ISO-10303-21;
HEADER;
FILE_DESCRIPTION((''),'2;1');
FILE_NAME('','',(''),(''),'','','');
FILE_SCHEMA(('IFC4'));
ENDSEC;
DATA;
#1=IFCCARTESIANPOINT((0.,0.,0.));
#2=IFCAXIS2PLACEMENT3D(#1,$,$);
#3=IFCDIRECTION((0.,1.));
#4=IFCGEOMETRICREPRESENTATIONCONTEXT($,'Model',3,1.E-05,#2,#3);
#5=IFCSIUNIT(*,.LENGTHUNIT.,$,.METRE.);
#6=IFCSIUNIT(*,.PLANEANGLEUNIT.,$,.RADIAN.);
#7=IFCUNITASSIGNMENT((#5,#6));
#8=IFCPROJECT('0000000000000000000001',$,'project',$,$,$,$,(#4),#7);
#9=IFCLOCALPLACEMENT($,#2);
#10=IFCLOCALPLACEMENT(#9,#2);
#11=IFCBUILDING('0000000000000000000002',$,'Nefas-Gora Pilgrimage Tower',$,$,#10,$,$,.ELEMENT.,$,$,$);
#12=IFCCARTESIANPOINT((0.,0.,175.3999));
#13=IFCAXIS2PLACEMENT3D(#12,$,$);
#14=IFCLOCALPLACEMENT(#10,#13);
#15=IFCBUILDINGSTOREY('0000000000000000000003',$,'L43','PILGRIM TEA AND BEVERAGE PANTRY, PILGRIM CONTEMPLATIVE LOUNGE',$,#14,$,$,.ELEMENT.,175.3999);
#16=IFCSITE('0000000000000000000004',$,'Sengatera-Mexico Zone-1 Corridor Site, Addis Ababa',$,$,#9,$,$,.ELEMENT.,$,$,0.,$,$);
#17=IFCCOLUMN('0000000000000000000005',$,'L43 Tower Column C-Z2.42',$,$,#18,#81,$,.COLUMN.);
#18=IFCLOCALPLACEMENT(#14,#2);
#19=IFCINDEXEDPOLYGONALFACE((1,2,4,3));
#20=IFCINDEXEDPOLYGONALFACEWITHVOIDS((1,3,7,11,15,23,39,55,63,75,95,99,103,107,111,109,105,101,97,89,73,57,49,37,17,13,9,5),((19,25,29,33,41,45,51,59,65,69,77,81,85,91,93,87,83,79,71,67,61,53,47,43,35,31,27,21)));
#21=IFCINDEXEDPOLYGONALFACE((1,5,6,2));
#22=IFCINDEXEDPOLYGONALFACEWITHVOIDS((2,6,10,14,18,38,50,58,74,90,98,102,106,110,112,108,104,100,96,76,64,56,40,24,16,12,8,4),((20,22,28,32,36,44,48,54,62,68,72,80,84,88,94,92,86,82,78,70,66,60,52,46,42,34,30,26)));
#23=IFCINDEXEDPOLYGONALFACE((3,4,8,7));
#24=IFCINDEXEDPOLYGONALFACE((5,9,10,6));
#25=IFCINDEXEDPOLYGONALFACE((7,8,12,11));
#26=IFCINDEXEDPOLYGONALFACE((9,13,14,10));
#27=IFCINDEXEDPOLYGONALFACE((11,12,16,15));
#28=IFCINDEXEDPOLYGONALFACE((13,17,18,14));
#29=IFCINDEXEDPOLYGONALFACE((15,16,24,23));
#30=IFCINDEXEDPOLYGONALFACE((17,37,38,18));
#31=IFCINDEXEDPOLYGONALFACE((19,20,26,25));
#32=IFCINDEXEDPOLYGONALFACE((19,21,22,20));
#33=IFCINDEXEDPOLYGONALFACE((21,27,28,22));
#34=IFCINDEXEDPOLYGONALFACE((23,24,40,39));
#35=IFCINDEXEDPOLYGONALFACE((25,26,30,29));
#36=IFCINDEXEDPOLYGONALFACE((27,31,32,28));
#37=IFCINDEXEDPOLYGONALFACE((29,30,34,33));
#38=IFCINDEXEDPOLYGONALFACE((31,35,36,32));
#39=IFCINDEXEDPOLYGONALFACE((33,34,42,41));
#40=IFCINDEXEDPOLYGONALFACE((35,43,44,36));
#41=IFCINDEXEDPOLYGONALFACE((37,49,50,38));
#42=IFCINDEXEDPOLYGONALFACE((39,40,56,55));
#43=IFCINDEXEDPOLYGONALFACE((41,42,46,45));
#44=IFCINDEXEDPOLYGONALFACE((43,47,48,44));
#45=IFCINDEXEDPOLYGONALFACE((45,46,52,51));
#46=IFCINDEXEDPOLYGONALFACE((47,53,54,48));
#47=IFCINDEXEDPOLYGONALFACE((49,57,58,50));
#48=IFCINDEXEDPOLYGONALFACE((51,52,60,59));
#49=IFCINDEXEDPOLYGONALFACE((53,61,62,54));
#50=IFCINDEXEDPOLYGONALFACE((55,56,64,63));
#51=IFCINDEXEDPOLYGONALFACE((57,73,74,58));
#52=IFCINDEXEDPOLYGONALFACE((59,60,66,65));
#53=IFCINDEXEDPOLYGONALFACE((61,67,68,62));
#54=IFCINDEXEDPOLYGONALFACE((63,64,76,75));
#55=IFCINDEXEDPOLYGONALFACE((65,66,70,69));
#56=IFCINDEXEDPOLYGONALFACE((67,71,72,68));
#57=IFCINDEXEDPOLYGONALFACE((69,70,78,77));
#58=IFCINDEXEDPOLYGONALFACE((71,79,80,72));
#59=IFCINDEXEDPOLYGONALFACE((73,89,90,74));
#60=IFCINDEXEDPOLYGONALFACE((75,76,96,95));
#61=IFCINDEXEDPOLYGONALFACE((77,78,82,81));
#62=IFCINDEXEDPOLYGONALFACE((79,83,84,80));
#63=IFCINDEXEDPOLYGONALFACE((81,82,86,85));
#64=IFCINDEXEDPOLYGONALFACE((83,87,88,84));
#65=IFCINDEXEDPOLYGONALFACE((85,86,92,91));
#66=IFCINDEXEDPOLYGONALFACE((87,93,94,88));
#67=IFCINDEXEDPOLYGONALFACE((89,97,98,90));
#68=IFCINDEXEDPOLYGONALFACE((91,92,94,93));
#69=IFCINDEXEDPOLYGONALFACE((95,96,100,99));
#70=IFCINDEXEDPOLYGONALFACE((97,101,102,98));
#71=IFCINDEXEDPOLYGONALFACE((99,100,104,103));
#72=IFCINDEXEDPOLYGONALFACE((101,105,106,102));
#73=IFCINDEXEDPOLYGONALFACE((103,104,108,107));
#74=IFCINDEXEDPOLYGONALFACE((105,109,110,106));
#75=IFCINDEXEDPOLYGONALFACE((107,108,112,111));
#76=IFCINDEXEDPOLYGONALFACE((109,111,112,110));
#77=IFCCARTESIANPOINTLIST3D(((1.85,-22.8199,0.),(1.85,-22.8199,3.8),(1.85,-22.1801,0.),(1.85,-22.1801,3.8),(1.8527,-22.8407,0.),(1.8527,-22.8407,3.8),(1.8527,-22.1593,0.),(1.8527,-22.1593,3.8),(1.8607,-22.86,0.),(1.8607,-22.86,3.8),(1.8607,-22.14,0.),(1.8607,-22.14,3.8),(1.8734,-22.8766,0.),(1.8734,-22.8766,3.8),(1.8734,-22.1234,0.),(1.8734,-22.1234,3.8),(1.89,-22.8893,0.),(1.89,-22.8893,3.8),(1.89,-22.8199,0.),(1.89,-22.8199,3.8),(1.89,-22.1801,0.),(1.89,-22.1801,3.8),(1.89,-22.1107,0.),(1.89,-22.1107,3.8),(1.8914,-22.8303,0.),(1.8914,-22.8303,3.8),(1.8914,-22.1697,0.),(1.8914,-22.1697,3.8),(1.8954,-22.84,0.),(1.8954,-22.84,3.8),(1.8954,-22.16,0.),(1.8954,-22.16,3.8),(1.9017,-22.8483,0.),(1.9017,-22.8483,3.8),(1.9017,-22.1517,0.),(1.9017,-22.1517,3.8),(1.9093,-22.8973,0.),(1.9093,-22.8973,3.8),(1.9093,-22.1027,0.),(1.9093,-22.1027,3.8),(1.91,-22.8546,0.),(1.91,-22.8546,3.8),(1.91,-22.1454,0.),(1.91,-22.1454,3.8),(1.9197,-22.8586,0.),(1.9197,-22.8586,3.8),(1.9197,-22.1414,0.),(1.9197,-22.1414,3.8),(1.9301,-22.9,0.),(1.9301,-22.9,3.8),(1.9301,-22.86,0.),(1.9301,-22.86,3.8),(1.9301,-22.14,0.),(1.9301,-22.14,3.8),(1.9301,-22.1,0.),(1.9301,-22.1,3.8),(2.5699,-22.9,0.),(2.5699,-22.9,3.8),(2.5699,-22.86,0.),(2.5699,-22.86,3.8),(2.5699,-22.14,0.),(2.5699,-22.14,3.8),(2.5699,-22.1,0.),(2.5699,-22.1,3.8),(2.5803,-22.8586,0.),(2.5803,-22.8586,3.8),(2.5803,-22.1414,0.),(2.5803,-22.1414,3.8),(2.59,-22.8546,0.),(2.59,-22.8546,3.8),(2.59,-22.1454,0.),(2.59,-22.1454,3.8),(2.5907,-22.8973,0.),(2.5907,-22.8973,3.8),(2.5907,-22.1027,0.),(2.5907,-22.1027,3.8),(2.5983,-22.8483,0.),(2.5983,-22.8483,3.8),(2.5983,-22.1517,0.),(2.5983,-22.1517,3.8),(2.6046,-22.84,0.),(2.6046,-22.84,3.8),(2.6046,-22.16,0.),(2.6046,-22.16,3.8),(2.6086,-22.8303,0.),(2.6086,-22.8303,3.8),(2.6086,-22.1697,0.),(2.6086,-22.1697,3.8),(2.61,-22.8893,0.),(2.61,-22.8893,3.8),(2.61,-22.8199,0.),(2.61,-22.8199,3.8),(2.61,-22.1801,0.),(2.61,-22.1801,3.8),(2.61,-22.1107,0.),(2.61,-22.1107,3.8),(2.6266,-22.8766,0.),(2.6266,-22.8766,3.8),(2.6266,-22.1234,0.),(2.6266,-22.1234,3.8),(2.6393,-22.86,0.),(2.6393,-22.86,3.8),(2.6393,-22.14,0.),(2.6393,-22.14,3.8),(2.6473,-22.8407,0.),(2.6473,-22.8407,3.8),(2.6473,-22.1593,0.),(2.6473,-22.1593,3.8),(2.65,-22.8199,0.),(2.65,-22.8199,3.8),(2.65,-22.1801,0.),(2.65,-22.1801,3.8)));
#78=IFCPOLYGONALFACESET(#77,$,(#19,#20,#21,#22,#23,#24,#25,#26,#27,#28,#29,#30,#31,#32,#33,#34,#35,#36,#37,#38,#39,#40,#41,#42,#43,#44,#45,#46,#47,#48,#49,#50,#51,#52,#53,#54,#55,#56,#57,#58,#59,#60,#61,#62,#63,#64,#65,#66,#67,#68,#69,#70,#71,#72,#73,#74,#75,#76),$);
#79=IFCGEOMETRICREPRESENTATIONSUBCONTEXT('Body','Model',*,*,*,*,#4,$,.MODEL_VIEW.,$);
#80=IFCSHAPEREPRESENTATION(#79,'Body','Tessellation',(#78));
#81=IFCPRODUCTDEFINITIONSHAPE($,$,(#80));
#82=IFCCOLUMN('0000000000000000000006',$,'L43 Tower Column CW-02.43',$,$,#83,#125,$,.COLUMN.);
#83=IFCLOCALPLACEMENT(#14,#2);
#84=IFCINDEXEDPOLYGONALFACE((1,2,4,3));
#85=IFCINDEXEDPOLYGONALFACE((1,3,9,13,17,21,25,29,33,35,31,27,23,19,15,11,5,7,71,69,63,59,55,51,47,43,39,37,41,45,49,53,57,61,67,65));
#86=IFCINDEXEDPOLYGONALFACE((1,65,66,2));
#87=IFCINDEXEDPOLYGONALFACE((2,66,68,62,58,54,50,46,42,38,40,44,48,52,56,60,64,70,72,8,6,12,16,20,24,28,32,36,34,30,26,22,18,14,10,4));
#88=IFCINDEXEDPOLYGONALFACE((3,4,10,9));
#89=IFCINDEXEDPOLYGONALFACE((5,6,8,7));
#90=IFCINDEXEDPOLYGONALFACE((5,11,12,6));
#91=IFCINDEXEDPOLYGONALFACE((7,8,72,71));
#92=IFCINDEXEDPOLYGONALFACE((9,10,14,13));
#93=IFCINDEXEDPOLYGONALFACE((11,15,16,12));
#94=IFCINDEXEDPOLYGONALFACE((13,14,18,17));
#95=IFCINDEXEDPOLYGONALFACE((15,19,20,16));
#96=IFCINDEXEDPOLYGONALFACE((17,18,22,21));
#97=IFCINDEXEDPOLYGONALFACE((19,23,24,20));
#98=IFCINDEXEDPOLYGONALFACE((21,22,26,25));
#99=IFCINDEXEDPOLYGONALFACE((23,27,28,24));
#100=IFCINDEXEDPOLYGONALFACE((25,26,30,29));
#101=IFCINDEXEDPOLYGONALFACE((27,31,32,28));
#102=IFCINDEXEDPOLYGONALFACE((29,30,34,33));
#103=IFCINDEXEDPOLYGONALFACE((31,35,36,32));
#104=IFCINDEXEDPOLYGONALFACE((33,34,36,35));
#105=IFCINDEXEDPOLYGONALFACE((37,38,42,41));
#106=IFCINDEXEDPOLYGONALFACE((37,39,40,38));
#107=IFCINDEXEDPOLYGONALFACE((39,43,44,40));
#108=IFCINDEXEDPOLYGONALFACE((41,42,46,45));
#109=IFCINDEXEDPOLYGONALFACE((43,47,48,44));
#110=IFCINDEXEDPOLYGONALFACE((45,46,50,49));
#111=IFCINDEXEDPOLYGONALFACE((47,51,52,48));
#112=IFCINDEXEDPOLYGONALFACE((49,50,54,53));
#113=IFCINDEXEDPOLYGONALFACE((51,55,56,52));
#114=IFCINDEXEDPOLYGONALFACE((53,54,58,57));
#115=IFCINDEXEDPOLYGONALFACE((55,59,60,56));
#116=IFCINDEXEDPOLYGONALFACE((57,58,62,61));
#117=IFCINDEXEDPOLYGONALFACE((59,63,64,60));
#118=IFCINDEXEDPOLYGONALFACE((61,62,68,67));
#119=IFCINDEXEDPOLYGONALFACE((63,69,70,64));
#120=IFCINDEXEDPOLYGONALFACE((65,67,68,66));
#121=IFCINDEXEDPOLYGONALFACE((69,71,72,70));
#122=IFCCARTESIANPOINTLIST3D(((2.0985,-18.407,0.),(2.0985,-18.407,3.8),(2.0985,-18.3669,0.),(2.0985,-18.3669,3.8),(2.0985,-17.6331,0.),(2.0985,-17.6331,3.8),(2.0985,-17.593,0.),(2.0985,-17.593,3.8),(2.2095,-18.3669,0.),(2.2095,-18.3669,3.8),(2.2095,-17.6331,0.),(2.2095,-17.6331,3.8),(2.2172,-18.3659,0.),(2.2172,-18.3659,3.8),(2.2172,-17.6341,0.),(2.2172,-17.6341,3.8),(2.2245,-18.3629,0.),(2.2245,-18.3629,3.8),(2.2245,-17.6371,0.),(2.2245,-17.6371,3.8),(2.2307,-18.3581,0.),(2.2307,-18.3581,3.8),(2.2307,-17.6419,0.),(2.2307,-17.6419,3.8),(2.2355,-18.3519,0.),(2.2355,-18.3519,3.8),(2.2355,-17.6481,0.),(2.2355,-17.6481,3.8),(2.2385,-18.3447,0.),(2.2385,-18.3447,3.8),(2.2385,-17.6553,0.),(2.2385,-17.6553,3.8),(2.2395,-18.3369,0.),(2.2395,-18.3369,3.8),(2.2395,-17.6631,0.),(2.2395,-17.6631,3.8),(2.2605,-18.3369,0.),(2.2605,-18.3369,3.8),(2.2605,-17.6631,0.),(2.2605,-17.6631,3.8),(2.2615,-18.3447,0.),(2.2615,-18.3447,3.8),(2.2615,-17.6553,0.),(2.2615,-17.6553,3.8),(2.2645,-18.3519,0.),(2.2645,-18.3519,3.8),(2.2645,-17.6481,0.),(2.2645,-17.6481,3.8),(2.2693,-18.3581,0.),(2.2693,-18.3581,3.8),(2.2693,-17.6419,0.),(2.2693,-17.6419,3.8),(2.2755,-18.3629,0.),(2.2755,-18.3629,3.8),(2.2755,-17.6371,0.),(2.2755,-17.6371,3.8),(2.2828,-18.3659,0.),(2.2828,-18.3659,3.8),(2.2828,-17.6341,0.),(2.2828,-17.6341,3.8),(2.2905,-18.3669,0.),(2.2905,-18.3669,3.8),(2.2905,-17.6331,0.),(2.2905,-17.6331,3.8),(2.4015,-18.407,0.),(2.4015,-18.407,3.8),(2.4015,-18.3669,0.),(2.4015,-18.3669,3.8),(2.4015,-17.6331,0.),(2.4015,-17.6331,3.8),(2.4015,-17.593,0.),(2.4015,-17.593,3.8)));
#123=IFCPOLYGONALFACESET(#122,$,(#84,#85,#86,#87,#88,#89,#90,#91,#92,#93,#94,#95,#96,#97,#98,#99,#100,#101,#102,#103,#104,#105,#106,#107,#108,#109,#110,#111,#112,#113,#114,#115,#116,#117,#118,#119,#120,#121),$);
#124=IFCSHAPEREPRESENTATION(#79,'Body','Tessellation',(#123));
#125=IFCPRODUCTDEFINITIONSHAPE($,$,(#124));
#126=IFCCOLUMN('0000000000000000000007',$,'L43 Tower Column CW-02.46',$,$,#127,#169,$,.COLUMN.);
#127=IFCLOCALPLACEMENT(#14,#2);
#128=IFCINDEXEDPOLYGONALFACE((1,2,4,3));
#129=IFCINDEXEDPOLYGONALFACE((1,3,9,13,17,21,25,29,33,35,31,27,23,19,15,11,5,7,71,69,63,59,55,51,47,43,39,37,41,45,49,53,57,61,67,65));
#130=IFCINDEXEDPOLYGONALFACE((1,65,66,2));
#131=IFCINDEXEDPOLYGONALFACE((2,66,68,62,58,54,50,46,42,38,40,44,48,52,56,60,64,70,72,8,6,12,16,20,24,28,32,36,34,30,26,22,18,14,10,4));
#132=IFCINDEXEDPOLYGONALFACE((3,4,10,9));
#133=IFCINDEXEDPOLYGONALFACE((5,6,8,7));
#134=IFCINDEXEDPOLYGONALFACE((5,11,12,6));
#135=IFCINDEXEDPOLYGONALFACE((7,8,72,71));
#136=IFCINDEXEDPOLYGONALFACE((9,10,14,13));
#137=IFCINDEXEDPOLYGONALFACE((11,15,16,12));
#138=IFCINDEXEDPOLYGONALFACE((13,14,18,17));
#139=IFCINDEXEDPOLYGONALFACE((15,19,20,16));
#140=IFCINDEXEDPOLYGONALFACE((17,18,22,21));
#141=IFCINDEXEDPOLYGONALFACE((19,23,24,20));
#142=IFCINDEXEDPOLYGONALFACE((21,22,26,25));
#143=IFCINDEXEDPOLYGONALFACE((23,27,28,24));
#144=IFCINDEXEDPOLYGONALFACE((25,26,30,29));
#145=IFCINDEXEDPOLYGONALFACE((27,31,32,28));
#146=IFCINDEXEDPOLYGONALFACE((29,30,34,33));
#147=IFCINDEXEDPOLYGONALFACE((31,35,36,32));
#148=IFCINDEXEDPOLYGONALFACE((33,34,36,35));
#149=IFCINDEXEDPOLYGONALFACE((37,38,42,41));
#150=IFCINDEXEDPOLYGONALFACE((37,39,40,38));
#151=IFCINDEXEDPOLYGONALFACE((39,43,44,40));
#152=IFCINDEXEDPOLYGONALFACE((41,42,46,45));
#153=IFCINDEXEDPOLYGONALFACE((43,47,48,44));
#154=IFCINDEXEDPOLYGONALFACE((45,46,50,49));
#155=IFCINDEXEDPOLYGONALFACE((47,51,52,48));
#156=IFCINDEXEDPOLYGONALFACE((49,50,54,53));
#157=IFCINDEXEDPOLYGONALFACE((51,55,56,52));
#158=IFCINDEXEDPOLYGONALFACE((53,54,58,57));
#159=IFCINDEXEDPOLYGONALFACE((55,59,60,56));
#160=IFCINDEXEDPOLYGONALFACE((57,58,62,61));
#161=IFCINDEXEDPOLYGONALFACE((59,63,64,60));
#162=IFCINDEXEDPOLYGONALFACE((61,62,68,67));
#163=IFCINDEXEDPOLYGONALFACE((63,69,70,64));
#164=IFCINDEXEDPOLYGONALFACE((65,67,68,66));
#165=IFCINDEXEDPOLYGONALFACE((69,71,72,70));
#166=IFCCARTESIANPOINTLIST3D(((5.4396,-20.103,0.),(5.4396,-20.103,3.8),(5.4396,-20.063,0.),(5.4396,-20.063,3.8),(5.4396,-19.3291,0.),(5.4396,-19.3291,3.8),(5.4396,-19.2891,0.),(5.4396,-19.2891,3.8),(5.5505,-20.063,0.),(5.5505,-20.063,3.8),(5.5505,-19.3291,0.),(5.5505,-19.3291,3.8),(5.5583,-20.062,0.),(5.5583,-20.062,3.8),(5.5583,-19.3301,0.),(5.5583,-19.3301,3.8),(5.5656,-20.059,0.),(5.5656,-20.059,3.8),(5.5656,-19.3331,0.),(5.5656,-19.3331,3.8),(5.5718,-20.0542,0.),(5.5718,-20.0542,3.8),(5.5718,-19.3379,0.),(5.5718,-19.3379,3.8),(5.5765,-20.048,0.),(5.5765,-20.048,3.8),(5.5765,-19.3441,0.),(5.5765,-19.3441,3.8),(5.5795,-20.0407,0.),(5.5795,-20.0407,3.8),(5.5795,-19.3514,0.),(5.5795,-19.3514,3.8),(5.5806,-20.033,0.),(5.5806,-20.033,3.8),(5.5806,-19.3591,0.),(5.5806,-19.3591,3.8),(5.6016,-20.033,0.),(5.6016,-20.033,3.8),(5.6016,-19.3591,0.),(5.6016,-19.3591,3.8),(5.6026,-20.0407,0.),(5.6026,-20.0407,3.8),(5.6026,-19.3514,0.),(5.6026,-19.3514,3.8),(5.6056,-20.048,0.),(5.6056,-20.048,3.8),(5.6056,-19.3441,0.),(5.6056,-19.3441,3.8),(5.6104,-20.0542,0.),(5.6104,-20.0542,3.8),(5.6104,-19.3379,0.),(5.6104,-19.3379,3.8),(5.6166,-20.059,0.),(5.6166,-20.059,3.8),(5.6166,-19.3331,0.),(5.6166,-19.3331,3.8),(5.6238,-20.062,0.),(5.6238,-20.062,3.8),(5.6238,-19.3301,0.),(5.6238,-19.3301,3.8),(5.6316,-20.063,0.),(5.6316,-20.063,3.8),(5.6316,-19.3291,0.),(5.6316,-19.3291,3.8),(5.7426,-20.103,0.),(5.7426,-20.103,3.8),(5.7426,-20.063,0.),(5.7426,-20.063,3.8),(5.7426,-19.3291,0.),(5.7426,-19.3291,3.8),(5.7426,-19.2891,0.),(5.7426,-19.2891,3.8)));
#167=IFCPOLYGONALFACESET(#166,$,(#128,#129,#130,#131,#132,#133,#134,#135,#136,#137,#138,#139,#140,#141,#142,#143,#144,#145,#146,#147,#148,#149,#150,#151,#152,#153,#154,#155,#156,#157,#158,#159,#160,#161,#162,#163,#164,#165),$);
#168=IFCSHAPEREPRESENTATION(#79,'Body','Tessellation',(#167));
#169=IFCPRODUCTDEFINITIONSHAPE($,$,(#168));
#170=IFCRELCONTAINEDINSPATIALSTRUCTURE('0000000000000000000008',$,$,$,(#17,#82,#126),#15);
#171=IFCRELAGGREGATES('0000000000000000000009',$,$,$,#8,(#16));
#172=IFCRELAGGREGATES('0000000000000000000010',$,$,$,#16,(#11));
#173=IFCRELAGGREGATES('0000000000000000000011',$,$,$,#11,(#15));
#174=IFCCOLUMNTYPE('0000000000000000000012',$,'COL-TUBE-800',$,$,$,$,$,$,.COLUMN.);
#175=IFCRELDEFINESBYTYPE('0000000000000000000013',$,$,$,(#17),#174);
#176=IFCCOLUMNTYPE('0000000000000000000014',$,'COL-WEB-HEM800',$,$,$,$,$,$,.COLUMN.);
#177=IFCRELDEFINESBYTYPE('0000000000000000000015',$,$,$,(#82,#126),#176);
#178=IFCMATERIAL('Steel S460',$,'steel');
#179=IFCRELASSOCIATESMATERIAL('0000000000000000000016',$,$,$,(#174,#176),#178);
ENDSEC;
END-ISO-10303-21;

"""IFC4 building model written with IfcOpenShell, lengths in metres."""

from ifc_helpers import new_model, si_unit, direction, frame, origin, origin_2d, place, context, subcontext, project, spatial, hollow_rectangle, i_section, extrude, source, transform, mapped, material, material_profile, profile_set, type_object, element, save


model = new_model("IFC4")

# Units and contexts
model_context = context("Model", 3, precision=1e-05, world=origin(), true_north=direction((0.0, 1.0)))
body_context = subcontext(model_context, "Body", "Model", "MODEL_VIEW")
ifc_project = project(units=[si_unit("LENGTHUNIT", "METRE"), si_unit("PLANEANGLEUNIT", "RADIAN")], contexts=[model_context])

# Site, building, storey
site_placement = place(None, origin())
site = spatial("IfcSite", under=ifc_project, at=site_placement, Name="Sengatera-Mexico Zone-1 Corridor Site, Addis Ababa", CompositionType="ELEMENT", RefElevation=0.0)
building_placement = place(site_placement, origin())
building = spatial("IfcBuilding", under=site, at=building_placement, Name="Nefas-Gora Pilgrimage Tower", CompositionType="ELEMENT")
storey_placement = place(building_placement, frame((0.0, 0.0, 175.3999)))
storey = spatial("IfcBuildingStorey", under=building, at=storey_placement, Name="L43", Description="PILGRIM TEA AND BEVERAGE PANTRY, PILGRIM CONTEMPLATIVE LOUNGE", CompositionType="ELEMENT", Elevation=175.3999)

# Columns
ifc_material_1 = material(Name="Steel S460", Category="steel")
ifc_material_profile_1 = material_profile(ifc_material_1, hollow_rectangle(XDim=0.8, YDim=0.8, WallThickness=0.04, InnerFilletRadius=0.04, OuterFilletRadius=0.0801, at=origin_2d()), Name="BOX 800x800x40")
ifc_profile_set_1 = profile_set([ifc_material_profile_1], Name="Steel S460")
column_type_1 = type_object("IfcColumnType", Name="COL-TUBE-800", PredefinedType="COLUMN", material=ifc_profile_set_1)
shared_shape_1 = source(origin(), body_context, "Body", "SweptSolid", [
    extrude(hollow_rectangle(XDim=0.8, YDim=0.8, WallThickness=0.04, InnerFilletRadius=0.04, OuterFilletRadius=0.0801, at=origin_2d()), origin(), (0.0, 0.0, 1.0), 3.8),
])
column_placement = place(storey_placement, frame((2.25, -22.5, 0.0), z_axis=(0.0, 0.0, 1.0), x_axis=(1.0, 0.0, 0.0)))
element("IfcColumn", 1, at=column_placement, inside=storey, type_object=column_type_1, Name="L43 Tower Column C-Z2.42", PredefinedType="COLUMN", context=body_context, shape_type="MappedRepresentation", body=[
    mapped(shared_shape_1, transform((0.0, 0.0, 0.0), x_axis=(1.0, 0.0, 0.0), y_axis=(0.0, 1.0, 0.0), z_axis=(0.0, 0.0, 1.0), scale=1.0)),
])
ifc_material_profile_2 = material_profile(ifc_material_1, i_section(OverallWidth=0.303, OverallDepth=0.814, WebThickness=0.021, FlangeThickness=0.04, FilletRadius=0.03, at=origin_2d()), Name="HEM 800")
ifc_profile_set_2 = profile_set([ifc_material_profile_2], Name="Steel S460")
column_type_2 = type_object("IfcColumnType", Name="COL-WEB-HEM800", PredefinedType="COLUMN", material=ifc_profile_set_2)
shared_shape_2 = source(origin(), body_context, "Body", "SweptSolid", [
    extrude(i_section(OverallWidth=0.303, OverallDepth=0.814, WebThickness=0.021, FlangeThickness=0.04, FilletRadius=0.03, at=origin_2d()), origin(), (0.0, 0.0, 1.0), 3.8),
])
for number, where, z_axis, x_axis, name in (
    (2, (2.25, -18.0, 0.0), (0.0, 0.0, 1.0), (1.0, 0.0, 0.0), "L43 Tower Column CW-02.43"),
    (3, (5.5911, -19.696, 0.0), (0.0, 0.0, 1.0), (1.0, 0.0, 0.0), "L43 Tower Column CW-02.46"),
):
    element("IfcColumn", number, at=place(storey_placement, frame(where, z_axis=z_axis, x_axis=x_axis)), inside=storey, type_object=column_type_2, Name=name, PredefinedType="COLUMN", context=body_context, shape_type="MappedRepresentation", body=[
        mapped(shared_shape_2, transform((0.0, 0.0, 0.0), x_axis=(1.0, 0.0, 0.0), y_axis=(0.0, 1.0, 0.0), z_axis=(0.0, 0.0, 1.0), scale=1.0)),
    ])

save(model, "model.ifc")
